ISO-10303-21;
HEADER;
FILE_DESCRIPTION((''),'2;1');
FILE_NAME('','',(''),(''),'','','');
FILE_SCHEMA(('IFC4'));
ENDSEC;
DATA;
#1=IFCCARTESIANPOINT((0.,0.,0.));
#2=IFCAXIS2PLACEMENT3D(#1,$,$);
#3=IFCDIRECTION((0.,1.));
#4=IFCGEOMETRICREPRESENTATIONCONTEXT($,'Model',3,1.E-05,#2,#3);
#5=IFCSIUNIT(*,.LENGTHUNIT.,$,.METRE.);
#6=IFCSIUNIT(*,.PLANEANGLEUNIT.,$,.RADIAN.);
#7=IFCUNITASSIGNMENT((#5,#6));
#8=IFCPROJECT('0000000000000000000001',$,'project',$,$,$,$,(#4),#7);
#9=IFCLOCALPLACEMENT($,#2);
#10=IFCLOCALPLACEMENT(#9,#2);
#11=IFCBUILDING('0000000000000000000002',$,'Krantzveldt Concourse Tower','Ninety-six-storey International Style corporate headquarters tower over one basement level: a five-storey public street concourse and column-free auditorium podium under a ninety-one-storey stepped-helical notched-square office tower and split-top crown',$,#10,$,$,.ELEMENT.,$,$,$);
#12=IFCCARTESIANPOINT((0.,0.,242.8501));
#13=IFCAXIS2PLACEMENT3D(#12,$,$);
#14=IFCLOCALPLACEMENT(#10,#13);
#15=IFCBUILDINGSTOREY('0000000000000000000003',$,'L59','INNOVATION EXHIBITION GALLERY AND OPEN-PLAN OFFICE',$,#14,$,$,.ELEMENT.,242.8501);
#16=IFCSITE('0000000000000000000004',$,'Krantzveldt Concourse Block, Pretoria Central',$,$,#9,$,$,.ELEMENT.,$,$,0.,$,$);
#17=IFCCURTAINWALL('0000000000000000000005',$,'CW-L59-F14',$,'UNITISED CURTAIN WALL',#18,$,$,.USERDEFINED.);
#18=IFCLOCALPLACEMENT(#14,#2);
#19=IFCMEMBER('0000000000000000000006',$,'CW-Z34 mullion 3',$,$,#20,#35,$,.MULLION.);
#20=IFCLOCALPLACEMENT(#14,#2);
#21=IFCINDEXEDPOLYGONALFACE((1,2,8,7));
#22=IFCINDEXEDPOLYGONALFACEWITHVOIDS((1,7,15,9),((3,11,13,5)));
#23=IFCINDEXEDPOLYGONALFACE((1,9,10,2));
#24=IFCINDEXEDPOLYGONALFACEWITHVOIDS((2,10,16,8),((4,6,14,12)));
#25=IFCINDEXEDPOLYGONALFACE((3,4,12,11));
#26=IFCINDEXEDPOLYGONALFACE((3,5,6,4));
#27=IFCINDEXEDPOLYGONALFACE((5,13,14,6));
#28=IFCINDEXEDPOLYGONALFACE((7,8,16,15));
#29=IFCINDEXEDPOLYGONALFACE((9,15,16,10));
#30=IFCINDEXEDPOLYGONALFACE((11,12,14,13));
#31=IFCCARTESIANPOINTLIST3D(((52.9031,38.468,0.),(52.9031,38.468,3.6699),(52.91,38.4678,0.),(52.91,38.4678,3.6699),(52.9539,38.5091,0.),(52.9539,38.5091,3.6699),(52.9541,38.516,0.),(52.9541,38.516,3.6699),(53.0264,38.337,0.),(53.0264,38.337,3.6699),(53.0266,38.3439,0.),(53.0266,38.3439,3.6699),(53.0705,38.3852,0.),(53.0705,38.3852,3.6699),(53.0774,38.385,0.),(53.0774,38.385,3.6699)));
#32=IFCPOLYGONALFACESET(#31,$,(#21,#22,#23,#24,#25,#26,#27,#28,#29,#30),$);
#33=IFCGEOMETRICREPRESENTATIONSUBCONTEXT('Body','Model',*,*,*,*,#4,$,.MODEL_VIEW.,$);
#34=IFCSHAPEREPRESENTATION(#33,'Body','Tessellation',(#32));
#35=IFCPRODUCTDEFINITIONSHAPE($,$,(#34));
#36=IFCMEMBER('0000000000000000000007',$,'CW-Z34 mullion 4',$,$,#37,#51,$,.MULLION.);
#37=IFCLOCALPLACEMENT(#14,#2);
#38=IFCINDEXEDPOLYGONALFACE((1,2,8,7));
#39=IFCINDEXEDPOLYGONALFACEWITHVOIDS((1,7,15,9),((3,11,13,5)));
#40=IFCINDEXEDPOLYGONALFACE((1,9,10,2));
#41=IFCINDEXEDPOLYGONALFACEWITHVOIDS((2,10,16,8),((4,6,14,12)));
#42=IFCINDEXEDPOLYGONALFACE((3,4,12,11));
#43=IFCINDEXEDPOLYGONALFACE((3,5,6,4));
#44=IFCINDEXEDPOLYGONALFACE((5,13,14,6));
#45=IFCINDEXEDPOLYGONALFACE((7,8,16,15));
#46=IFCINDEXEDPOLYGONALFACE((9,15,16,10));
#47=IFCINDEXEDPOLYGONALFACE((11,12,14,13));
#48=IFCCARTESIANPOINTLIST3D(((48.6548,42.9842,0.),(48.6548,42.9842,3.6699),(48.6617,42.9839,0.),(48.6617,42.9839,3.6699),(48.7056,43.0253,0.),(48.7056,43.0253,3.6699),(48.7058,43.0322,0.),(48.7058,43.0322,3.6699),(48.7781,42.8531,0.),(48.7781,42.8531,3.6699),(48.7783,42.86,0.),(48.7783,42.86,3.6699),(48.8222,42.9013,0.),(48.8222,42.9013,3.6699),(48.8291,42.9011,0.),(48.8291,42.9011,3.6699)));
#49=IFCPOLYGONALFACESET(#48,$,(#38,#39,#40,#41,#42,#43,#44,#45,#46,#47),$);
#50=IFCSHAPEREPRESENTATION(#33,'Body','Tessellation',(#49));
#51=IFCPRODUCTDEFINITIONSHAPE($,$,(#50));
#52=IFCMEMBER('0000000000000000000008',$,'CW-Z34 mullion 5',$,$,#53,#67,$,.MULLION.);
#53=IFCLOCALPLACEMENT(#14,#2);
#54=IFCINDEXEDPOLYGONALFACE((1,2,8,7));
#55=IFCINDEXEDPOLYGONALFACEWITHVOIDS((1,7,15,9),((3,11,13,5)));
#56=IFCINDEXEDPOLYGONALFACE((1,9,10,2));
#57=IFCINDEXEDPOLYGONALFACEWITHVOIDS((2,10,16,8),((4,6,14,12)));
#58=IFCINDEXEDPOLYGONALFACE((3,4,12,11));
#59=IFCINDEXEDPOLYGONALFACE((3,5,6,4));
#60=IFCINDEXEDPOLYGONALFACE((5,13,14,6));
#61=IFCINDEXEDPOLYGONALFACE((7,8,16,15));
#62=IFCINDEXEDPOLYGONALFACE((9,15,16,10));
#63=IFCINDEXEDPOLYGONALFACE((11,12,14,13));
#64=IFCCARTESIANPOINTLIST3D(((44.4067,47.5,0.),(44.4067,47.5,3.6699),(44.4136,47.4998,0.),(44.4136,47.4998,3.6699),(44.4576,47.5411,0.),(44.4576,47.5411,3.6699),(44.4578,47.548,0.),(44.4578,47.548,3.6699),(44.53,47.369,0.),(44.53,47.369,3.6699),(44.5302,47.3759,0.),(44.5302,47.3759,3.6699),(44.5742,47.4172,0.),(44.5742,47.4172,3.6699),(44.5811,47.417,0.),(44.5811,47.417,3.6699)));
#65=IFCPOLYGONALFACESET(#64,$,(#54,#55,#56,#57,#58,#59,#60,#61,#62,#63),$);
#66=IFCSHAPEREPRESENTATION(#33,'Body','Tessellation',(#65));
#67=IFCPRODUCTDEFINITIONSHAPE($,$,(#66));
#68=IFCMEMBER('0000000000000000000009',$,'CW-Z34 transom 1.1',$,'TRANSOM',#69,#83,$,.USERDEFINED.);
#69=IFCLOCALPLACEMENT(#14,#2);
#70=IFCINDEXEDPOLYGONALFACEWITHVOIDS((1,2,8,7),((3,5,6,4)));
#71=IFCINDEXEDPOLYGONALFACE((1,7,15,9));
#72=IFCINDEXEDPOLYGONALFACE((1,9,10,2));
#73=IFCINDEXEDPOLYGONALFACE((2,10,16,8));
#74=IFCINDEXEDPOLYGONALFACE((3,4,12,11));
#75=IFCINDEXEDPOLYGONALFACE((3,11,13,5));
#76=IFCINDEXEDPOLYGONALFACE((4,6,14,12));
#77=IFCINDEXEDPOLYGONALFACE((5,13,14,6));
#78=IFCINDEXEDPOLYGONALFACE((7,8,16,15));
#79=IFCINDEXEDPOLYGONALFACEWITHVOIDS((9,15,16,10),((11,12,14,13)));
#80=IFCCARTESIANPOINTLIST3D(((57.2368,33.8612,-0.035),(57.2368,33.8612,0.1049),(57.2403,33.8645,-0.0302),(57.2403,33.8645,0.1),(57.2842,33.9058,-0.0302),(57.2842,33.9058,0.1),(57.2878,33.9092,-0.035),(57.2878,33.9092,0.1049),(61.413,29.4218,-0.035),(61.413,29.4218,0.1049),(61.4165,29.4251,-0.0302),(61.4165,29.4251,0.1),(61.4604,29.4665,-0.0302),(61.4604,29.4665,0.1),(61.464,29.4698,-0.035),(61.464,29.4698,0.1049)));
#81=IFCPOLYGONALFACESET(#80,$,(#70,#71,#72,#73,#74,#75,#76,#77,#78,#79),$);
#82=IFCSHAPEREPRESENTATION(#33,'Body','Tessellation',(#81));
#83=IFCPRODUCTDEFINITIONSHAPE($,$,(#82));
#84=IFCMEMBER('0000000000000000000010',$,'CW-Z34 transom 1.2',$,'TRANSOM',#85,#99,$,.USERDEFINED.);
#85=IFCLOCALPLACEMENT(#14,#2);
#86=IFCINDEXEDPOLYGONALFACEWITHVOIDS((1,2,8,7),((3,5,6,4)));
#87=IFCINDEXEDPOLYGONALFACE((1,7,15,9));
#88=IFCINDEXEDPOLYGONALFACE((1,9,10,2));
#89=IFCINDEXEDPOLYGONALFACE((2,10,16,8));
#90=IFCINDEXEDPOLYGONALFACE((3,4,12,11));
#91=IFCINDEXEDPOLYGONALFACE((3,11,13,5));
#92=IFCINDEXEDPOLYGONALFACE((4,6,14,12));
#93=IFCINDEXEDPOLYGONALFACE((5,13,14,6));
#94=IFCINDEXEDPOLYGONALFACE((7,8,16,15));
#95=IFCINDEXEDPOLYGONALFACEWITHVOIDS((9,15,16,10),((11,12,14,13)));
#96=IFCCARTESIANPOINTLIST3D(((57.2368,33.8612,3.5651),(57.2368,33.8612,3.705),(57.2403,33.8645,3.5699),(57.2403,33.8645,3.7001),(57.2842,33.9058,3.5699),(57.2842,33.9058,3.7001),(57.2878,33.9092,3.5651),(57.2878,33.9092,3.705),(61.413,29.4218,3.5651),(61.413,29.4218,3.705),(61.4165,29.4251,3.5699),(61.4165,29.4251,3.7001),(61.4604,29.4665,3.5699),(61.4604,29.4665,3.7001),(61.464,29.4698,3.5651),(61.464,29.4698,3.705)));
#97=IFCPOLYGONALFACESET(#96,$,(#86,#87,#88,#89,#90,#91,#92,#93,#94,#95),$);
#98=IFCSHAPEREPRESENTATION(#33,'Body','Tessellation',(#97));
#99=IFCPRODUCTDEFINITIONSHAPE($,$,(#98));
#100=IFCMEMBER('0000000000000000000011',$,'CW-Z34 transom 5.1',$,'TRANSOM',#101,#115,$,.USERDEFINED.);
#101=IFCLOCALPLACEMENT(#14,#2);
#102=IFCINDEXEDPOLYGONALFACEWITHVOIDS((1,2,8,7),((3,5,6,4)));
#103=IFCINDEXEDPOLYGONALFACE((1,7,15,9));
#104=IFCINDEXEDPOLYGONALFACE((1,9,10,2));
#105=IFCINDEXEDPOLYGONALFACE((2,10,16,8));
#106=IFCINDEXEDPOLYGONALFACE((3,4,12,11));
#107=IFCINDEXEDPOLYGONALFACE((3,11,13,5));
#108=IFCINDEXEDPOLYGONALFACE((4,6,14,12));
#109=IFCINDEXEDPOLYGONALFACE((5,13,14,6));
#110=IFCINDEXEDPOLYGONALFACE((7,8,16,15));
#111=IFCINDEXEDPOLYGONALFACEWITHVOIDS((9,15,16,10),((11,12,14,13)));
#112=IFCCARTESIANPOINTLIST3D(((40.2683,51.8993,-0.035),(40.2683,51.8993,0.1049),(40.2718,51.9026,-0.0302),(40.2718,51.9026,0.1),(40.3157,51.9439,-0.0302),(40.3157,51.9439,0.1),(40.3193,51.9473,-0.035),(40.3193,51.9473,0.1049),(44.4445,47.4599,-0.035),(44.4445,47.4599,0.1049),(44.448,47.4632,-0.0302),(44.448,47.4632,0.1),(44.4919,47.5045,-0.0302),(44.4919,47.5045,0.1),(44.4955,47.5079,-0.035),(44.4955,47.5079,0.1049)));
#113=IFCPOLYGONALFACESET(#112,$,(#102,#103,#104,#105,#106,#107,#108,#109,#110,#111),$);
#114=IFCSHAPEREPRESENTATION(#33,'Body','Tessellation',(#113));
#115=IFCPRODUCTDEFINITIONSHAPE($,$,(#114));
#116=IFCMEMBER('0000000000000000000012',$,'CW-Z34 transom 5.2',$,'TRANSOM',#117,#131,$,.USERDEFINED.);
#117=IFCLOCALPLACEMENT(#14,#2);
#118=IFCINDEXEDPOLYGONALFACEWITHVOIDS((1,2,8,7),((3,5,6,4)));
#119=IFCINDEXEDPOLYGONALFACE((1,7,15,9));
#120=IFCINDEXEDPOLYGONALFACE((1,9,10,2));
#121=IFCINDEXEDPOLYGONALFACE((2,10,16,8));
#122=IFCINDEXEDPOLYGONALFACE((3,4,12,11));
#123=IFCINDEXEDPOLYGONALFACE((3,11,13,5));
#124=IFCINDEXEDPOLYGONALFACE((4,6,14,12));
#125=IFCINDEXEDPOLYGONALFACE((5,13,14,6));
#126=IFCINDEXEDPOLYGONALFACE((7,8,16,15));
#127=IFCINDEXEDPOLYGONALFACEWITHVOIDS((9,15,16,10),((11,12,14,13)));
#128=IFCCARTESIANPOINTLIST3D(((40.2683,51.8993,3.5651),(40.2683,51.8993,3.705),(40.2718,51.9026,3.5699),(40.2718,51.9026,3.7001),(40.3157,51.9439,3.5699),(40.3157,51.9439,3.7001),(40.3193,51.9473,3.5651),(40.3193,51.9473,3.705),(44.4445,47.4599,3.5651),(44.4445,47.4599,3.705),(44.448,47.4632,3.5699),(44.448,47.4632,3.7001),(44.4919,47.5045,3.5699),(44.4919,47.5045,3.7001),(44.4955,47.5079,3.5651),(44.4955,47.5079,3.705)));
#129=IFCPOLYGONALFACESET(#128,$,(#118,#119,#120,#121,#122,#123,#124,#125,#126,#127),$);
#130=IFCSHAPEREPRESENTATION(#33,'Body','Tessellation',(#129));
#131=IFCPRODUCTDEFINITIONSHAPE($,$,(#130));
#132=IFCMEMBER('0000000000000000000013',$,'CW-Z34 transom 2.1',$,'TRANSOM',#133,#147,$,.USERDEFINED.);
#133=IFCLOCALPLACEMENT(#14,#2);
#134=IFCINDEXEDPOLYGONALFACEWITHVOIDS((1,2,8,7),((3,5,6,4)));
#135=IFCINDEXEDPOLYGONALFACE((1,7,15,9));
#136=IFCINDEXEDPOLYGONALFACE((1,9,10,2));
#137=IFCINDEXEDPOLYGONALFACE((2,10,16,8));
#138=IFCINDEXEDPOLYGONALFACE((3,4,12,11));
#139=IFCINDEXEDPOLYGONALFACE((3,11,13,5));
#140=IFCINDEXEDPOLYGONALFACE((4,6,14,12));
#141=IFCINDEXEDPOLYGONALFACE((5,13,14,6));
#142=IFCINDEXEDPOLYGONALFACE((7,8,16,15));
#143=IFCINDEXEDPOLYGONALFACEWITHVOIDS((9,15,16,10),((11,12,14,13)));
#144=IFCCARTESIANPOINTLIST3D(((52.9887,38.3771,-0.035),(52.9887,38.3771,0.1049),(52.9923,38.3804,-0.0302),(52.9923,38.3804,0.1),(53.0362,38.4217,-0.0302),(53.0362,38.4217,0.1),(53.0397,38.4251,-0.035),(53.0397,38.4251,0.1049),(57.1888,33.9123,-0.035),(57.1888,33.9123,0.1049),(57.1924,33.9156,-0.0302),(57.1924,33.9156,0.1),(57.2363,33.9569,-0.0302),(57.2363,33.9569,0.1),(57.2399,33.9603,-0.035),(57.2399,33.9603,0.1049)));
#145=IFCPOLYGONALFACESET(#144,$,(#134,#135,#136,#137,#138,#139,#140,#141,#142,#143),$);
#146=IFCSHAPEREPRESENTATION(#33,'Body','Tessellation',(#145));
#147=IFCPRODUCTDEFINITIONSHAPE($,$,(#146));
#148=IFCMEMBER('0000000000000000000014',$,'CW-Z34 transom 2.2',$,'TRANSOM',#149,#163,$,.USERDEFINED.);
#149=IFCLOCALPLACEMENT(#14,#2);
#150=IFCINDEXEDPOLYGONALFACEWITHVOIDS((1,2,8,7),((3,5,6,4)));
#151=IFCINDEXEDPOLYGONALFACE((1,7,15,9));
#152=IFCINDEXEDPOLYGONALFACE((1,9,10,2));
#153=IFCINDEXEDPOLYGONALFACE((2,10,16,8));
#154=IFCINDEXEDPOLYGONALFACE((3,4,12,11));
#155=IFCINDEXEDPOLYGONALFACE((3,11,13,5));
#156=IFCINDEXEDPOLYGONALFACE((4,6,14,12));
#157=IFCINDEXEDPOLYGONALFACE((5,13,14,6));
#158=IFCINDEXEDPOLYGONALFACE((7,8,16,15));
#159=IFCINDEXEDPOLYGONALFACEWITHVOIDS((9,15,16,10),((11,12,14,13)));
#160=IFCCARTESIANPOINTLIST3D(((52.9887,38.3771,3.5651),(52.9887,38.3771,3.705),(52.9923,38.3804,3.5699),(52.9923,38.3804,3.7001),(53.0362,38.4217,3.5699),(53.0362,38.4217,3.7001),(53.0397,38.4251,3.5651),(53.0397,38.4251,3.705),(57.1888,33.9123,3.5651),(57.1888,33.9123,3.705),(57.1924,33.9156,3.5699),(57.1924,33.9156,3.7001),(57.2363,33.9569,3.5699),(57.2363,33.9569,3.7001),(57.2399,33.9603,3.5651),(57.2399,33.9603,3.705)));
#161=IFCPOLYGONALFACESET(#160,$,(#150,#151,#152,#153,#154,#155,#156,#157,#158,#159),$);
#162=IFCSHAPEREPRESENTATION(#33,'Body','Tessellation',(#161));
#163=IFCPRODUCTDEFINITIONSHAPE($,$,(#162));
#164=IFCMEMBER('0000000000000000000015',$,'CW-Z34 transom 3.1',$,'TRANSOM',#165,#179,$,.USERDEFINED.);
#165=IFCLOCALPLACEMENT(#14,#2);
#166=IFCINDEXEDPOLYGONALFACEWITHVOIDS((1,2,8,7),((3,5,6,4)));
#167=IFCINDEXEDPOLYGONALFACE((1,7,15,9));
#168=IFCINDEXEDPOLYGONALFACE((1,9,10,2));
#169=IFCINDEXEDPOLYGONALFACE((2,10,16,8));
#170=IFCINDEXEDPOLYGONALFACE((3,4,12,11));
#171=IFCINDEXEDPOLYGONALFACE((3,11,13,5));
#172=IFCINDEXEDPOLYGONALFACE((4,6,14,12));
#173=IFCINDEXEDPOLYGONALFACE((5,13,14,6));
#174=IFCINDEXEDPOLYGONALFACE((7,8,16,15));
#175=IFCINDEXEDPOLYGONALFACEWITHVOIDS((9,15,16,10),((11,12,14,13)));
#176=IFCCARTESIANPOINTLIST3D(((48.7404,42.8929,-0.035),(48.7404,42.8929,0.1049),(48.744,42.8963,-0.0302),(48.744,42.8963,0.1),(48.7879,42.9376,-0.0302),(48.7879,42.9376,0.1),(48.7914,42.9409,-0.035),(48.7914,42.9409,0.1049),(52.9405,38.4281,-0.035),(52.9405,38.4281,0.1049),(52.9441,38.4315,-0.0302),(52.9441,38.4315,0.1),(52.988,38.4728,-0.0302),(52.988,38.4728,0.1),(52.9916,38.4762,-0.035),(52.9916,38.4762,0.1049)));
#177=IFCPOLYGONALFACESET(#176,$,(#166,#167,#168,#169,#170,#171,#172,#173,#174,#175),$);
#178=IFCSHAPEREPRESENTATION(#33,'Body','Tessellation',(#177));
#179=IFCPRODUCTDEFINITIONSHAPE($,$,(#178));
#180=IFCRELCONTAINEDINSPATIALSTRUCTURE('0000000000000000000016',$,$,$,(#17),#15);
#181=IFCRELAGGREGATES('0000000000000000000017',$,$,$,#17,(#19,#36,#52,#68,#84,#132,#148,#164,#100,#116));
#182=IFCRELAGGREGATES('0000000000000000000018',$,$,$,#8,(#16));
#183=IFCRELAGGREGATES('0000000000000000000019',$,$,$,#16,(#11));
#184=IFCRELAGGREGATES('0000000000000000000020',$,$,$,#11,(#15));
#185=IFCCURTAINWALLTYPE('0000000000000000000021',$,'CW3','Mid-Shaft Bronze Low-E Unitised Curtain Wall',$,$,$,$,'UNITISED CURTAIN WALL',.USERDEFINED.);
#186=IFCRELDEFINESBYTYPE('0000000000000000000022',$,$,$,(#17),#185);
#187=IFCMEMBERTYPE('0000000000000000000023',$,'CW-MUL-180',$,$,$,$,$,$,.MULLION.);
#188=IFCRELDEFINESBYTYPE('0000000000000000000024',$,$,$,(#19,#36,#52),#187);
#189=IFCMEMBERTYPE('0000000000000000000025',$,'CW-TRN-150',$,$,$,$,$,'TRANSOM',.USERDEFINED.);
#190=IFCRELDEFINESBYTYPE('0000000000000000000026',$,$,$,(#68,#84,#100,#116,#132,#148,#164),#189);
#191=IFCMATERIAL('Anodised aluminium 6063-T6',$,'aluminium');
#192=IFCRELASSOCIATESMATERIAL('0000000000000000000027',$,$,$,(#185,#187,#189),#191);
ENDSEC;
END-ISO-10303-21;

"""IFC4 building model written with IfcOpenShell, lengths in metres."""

from ifc_helpers import new_model, si_unit, direction, frame, origin, origin_2d, place, context, subcontext, project, spatial, hollow_rectangle, extrude, source, transform, mapped, material, material_profile, profile_set, type_object, type_shapes, element, aggregate, save


model = new_model("IFC4")

# Units and contexts
model_context = context("Model", 3, precision=1e-05, world=origin(), true_north=direction((0.0, 1.0)))
body_context = subcontext(model_context, "Body", "Model", "MODEL_VIEW")
ifc_project = project(units=[si_unit("LENGTHUNIT", "METRE"), si_unit("PLANEANGLEUNIT", "RADIAN")], contexts=[model_context])

# Site, building, storey
site_placement = place(None, origin())
site = spatial("IfcSite", under=ifc_project, at=site_placement, Name="Krantzveldt Concourse Block, Pretoria Central", CompositionType="ELEMENT", RefElevation=0.0)
building_placement = place(site_placement, origin())
building = spatial("IfcBuilding", under=site, at=building_placement, Name="Krantzveldt Concourse Tower", Description="Ninety-six-storey International Style corporate headquarters tower over one basement level: a five-storey public street concourse and column-free auditorium podium under a ninety-one-storey stepped-helical notched-square office tower and split-top crown", CompositionType="ELEMENT")
storey_placement = place(building_placement, frame((0.0, 0.0, 242.8501)))
storey = spatial("IfcBuildingStorey", under=building, at=storey_placement, Name="L59", Description="INNOVATION EXHIBITION GALLERY AND OPEN-PLAN OFFICE", CompositionType="ELEMENT", Elevation=242.8501)

# Curtain wall, members
ifc_material_1 = material(Name="Anodised aluminium 6063-T6", Category="aluminium")
curtain_wall_type = type_object("IfcCurtainWallType", Name="CW3", Description="Mid-Shaft Bronze Low-E Unitised Curtain Wall", ElementType="UNITISED CURTAIN WALL", PredefinedType="USERDEFINED", material=ifc_material_1)
curtain_wall_placement = place(storey_placement, origin())
curtain_wall = element("IfcCurtainWall", 1, at=curtain_wall_placement, inside=storey, type_object=curtain_wall_type, Name="CW-L59-F14", ObjectType="UNITISED CURTAIN WALL", PredefinedType="USERDEFINED")
ifc_material_profile_1 = material_profile(ifc_material_1, hollow_rectangle(XDim=0.0701, YDim=0.1799, WallThickness=0.0049, at=origin_2d()), Name="Anodised aluminium 6063-T6", Category="aluminium")
ifc_profile_set_1 = profile_set([ifc_material_profile_1], Name="Anodised aluminium 6063-T6 - ALU-MULL 180x70x5")
member_type_1 = type_object("IfcMemberType", Name="CW-MUL-180", PredefinedType="MULLION", material=ifc_profile_set_1)
shared_shape_1 = source(origin(), body_context, "Body", "SweptSolid", [
    extrude(hollow_rectangle(XDim=0.0701, YDim=0.1799, WallThickness=0.0049, at=origin_2d()), origin(), (0.0, 0.0, 1.0), 3.6699),
])
type_shapes(member_type_1, [shared_shape_1])
member_1_placement = place(storey_placement, frame((52.9902, 38.4265, 0.0), z_axis=(0.0, 0.0, 1.0), x_axis=(-0.728371, -0.685183, 0.0)))
member_1 = element("IfcMember", 2, at=member_1_placement, type_object=member_type_1, Name="CW-Z34 mullion 3", PredefinedType="MULLION", context=body_context, shape_type="MappedRepresentation", body=[
    mapped(shared_shape_1, transform((0.0, 0.0, 0.0), x_axis=(1.0, 0.0, 0.0), y_axis=(0.0, 1.0, 0.0), z_axis=(0.0, 0.0, 1.0), scale=1.0)),
])
member_2_placement = place(storey_placement, frame((48.7419, 42.9426, 0.0), z_axis=(0.0, 0.0, 1.0), x_axis=(-0.728371, -0.685183, 0.0)))
member_2 = element("IfcMember", 3, at=member_2_placement, type_object=member_type_1, Name="CW-Z34 mullion 4", PredefinedType="MULLION", context=body_context, shape_type="MappedRepresentation", body=[
    mapped(shared_shape_1, transform((0.0, 0.0, 0.0), x_axis=(1.0, 0.0, 0.0), y_axis=(0.0, 1.0, 0.0), z_axis=(0.0, 0.0, 1.0), scale=1.0)),
])
member_3_placement = place(storey_placement, frame((44.4939, 47.4585, 0.0), z_axis=(0.0, 0.0, 1.0), x_axis=(-0.728371, -0.685183, 0.0)))
member_3 = element("IfcMember", 4, at=member_3_placement, type_object=member_type_1, Name="CW-Z34 mullion 5", PredefinedType="MULLION", context=body_context, shape_type="MappedRepresentation", body=[
    mapped(shared_shape_1, transform((0.0, 0.0, 0.0), x_axis=(1.0, 0.0, 0.0), y_axis=(0.0, 1.0, 0.0), z_axis=(0.0, 0.0, 1.0), scale=1.0)),
])
ifc_material_profile_2 = material_profile(ifc_material_1, hollow_rectangle(XDim=0.0701, YDim=0.1399, WallThickness=0.0049, at=origin_2d()), Name="Anodised aluminium 6063-T6", Category="aluminium")
ifc_profile_set_2 = profile_set([ifc_material_profile_2], Name="Anodised aluminium 6063-T6 - ALU-TRAN 140x70x5")
member_type_2 = type_object("IfcMemberType", Name="CW-TRN-150", ElementType="TRANSOM", PredefinedType="USERDEFINED", material=ifc_profile_set_2)
shared_shape_2 = source(origin(), body_context, "Body", "SweptSolid", [
    extrude(hollow_rectangle(XDim=0.0701, YDim=0.1399, WallThickness=0.0049, at=origin_2d()), origin(), (0.0, 0.0, 1.0), 6.095),
])
member_4_placement = place(storey_placement, frame((61.4385, 29.4458, 0.0349), z_axis=(-0.685187, 0.728367, 0.0), x_axis=(-0.728367, -0.685187, 0.0)))
member_4 = element("IfcMember", 5, at=member_4_placement, type_object=member_type_2, Name="CW-Z34 transom 1.1", ObjectType="TRANSOM", PredefinedType="USERDEFINED", context=body_context, shape_type="MappedRepresentation", body=[
    mapped(shared_shape_2, transform((0.0, 0.0, 0.0), x_axis=(1.0, 0.0, 0.0), y_axis=(0.0, 1.0, 0.0), z_axis=(0.0, 0.0, 1.0), scale=1.0)),
])
member_5_placement = place(storey_placement, frame((61.4385, 29.4458, 3.635), z_axis=(-0.685187, 0.728367, 0.0), x_axis=(-0.728367, -0.685187, 0.0)))
member_5 = element("IfcMember", 6, at=member_5_placement, type_object=member_type_2, Name="CW-Z34 transom 1.2", ObjectType="TRANSOM", PredefinedType="USERDEFINED", context=body_context, shape_type="MappedRepresentation", body=[
    mapped(shared_shape_2, transform((0.0, 0.0, 0.0), x_axis=(1.0, 0.0, 0.0), y_axis=(0.0, 1.0, 0.0), z_axis=(0.0, 0.0, 1.0), scale=1.0)),
])
member_6_placement = place(storey_placement, frame((44.47, 47.4839, 0.0349), z_axis=(-0.685187, 0.728367, 0.0), x_axis=(-0.728367, -0.685187, 0.0)))
member_6 = element("IfcMember", 7, at=member_6_placement, type_object=member_type_2, Name="CW-Z34 transom 5.1", ObjectType="TRANSOM", PredefinedType="USERDEFINED", context=body_context, shape_type="MappedRepresentation", body=[
    mapped(shared_shape_2, transform((0.0, 0.0, 0.0), x_axis=(1.0, 0.0, 0.0), y_axis=(0.0, 1.0, 0.0), z_axis=(0.0, 0.0, 1.0), scale=1.0)),
])
member_7_placement = place(storey_placement, frame((44.47, 47.4839, 3.635), z_axis=(-0.685187, 0.728367, 0.0), x_axis=(-0.728367, -0.685187, 0.0)))
member_7 = element("IfcMember", 8, at=member_7_placement, type_object=member_type_2, Name="CW-Z34 transom 5.2", ObjectType="TRANSOM", PredefinedType="USERDEFINED", context=body_context, shape_type="MappedRepresentation", body=[
    mapped(shared_shape_2, transform((0.0, 0.0, 0.0), x_axis=(1.0, 0.0, 0.0), y_axis=(0.0, 1.0, 0.0), z_axis=(0.0, 0.0, 1.0), scale=1.0)),
])
shared_shape_3 = source(origin(), body_context, "Body", "SweptSolid", [
    extrude(hollow_rectangle(XDim=0.0701, YDim=0.1399, WallThickness=0.0049, at=origin_2d()), origin(), (0.0, 0.0, 1.0), 6.1299),
])
type_shapes(member_type_2, [shared_shape_2, shared_shape_3])
member_8_placement = place(storey_placement, frame((57.2144, 33.9363, 0.0349), z_axis=(-0.685191, 0.728364, 0.0), x_axis=(-0.728364, -0.685191, 0.0)))
member_8 = element("IfcMember", 9, at=member_8_placement, type_object=member_type_2, Name="CW-Z34 transom 2.1", ObjectType="TRANSOM", PredefinedType="USERDEFINED", context=body_context, shape_type="MappedRepresentation", body=[
    mapped(shared_shape_3, transform((0.0, 0.0, 0.0), x_axis=(1.0, 0.0, 0.0), y_axis=(0.0, 1.0, 0.0), z_axis=(0.0, 0.0, 1.0), scale=1.0)),
])
member_9_placement = place(storey_placement, frame((57.2144, 33.9363, 3.635), z_axis=(-0.685191, 0.728364, 0.0), x_axis=(-0.728364, -0.685191, 0.0)))
member_9 = element("IfcMember", 10, at=member_9_placement, type_object=member_type_2, Name="CW-Z34 transom 2.2", ObjectType="TRANSOM", PredefinedType="USERDEFINED", context=body_context, shape_type="MappedRepresentation", body=[
    mapped(shared_shape_3, transform((0.0, 0.0, 0.0), x_axis=(1.0, 0.0, 0.0), y_axis=(0.0, 1.0, 0.0), z_axis=(0.0, 0.0, 1.0), scale=1.0)),
])
member_10_placement = place(storey_placement, frame((52.9661, 38.4521, 0.0349), z_axis=(-0.685191, 0.728364, 0.0), x_axis=(-0.728364, -0.685191, 0.0)))
member_10 = element("IfcMember", 11, at=member_10_placement, type_object=member_type_2, Name="CW-Z34 transom 3.1", ObjectType="TRANSOM", PredefinedType="USERDEFINED", context=body_context, shape_type="MappedRepresentation", body=[
    mapped(shared_shape_3, transform((0.0, 0.0, 0.0), x_axis=(1.0, 0.0, 0.0), y_axis=(0.0, 1.0, 0.0), z_axis=(0.0, 0.0, 1.0), scale=1.0)),
])
aggregate(curtain_wall, [member_1, member_2, member_3, member_4, member_5, member_8, member_9, member_10, member_6, member_7])

save(model, "model.ifc")
